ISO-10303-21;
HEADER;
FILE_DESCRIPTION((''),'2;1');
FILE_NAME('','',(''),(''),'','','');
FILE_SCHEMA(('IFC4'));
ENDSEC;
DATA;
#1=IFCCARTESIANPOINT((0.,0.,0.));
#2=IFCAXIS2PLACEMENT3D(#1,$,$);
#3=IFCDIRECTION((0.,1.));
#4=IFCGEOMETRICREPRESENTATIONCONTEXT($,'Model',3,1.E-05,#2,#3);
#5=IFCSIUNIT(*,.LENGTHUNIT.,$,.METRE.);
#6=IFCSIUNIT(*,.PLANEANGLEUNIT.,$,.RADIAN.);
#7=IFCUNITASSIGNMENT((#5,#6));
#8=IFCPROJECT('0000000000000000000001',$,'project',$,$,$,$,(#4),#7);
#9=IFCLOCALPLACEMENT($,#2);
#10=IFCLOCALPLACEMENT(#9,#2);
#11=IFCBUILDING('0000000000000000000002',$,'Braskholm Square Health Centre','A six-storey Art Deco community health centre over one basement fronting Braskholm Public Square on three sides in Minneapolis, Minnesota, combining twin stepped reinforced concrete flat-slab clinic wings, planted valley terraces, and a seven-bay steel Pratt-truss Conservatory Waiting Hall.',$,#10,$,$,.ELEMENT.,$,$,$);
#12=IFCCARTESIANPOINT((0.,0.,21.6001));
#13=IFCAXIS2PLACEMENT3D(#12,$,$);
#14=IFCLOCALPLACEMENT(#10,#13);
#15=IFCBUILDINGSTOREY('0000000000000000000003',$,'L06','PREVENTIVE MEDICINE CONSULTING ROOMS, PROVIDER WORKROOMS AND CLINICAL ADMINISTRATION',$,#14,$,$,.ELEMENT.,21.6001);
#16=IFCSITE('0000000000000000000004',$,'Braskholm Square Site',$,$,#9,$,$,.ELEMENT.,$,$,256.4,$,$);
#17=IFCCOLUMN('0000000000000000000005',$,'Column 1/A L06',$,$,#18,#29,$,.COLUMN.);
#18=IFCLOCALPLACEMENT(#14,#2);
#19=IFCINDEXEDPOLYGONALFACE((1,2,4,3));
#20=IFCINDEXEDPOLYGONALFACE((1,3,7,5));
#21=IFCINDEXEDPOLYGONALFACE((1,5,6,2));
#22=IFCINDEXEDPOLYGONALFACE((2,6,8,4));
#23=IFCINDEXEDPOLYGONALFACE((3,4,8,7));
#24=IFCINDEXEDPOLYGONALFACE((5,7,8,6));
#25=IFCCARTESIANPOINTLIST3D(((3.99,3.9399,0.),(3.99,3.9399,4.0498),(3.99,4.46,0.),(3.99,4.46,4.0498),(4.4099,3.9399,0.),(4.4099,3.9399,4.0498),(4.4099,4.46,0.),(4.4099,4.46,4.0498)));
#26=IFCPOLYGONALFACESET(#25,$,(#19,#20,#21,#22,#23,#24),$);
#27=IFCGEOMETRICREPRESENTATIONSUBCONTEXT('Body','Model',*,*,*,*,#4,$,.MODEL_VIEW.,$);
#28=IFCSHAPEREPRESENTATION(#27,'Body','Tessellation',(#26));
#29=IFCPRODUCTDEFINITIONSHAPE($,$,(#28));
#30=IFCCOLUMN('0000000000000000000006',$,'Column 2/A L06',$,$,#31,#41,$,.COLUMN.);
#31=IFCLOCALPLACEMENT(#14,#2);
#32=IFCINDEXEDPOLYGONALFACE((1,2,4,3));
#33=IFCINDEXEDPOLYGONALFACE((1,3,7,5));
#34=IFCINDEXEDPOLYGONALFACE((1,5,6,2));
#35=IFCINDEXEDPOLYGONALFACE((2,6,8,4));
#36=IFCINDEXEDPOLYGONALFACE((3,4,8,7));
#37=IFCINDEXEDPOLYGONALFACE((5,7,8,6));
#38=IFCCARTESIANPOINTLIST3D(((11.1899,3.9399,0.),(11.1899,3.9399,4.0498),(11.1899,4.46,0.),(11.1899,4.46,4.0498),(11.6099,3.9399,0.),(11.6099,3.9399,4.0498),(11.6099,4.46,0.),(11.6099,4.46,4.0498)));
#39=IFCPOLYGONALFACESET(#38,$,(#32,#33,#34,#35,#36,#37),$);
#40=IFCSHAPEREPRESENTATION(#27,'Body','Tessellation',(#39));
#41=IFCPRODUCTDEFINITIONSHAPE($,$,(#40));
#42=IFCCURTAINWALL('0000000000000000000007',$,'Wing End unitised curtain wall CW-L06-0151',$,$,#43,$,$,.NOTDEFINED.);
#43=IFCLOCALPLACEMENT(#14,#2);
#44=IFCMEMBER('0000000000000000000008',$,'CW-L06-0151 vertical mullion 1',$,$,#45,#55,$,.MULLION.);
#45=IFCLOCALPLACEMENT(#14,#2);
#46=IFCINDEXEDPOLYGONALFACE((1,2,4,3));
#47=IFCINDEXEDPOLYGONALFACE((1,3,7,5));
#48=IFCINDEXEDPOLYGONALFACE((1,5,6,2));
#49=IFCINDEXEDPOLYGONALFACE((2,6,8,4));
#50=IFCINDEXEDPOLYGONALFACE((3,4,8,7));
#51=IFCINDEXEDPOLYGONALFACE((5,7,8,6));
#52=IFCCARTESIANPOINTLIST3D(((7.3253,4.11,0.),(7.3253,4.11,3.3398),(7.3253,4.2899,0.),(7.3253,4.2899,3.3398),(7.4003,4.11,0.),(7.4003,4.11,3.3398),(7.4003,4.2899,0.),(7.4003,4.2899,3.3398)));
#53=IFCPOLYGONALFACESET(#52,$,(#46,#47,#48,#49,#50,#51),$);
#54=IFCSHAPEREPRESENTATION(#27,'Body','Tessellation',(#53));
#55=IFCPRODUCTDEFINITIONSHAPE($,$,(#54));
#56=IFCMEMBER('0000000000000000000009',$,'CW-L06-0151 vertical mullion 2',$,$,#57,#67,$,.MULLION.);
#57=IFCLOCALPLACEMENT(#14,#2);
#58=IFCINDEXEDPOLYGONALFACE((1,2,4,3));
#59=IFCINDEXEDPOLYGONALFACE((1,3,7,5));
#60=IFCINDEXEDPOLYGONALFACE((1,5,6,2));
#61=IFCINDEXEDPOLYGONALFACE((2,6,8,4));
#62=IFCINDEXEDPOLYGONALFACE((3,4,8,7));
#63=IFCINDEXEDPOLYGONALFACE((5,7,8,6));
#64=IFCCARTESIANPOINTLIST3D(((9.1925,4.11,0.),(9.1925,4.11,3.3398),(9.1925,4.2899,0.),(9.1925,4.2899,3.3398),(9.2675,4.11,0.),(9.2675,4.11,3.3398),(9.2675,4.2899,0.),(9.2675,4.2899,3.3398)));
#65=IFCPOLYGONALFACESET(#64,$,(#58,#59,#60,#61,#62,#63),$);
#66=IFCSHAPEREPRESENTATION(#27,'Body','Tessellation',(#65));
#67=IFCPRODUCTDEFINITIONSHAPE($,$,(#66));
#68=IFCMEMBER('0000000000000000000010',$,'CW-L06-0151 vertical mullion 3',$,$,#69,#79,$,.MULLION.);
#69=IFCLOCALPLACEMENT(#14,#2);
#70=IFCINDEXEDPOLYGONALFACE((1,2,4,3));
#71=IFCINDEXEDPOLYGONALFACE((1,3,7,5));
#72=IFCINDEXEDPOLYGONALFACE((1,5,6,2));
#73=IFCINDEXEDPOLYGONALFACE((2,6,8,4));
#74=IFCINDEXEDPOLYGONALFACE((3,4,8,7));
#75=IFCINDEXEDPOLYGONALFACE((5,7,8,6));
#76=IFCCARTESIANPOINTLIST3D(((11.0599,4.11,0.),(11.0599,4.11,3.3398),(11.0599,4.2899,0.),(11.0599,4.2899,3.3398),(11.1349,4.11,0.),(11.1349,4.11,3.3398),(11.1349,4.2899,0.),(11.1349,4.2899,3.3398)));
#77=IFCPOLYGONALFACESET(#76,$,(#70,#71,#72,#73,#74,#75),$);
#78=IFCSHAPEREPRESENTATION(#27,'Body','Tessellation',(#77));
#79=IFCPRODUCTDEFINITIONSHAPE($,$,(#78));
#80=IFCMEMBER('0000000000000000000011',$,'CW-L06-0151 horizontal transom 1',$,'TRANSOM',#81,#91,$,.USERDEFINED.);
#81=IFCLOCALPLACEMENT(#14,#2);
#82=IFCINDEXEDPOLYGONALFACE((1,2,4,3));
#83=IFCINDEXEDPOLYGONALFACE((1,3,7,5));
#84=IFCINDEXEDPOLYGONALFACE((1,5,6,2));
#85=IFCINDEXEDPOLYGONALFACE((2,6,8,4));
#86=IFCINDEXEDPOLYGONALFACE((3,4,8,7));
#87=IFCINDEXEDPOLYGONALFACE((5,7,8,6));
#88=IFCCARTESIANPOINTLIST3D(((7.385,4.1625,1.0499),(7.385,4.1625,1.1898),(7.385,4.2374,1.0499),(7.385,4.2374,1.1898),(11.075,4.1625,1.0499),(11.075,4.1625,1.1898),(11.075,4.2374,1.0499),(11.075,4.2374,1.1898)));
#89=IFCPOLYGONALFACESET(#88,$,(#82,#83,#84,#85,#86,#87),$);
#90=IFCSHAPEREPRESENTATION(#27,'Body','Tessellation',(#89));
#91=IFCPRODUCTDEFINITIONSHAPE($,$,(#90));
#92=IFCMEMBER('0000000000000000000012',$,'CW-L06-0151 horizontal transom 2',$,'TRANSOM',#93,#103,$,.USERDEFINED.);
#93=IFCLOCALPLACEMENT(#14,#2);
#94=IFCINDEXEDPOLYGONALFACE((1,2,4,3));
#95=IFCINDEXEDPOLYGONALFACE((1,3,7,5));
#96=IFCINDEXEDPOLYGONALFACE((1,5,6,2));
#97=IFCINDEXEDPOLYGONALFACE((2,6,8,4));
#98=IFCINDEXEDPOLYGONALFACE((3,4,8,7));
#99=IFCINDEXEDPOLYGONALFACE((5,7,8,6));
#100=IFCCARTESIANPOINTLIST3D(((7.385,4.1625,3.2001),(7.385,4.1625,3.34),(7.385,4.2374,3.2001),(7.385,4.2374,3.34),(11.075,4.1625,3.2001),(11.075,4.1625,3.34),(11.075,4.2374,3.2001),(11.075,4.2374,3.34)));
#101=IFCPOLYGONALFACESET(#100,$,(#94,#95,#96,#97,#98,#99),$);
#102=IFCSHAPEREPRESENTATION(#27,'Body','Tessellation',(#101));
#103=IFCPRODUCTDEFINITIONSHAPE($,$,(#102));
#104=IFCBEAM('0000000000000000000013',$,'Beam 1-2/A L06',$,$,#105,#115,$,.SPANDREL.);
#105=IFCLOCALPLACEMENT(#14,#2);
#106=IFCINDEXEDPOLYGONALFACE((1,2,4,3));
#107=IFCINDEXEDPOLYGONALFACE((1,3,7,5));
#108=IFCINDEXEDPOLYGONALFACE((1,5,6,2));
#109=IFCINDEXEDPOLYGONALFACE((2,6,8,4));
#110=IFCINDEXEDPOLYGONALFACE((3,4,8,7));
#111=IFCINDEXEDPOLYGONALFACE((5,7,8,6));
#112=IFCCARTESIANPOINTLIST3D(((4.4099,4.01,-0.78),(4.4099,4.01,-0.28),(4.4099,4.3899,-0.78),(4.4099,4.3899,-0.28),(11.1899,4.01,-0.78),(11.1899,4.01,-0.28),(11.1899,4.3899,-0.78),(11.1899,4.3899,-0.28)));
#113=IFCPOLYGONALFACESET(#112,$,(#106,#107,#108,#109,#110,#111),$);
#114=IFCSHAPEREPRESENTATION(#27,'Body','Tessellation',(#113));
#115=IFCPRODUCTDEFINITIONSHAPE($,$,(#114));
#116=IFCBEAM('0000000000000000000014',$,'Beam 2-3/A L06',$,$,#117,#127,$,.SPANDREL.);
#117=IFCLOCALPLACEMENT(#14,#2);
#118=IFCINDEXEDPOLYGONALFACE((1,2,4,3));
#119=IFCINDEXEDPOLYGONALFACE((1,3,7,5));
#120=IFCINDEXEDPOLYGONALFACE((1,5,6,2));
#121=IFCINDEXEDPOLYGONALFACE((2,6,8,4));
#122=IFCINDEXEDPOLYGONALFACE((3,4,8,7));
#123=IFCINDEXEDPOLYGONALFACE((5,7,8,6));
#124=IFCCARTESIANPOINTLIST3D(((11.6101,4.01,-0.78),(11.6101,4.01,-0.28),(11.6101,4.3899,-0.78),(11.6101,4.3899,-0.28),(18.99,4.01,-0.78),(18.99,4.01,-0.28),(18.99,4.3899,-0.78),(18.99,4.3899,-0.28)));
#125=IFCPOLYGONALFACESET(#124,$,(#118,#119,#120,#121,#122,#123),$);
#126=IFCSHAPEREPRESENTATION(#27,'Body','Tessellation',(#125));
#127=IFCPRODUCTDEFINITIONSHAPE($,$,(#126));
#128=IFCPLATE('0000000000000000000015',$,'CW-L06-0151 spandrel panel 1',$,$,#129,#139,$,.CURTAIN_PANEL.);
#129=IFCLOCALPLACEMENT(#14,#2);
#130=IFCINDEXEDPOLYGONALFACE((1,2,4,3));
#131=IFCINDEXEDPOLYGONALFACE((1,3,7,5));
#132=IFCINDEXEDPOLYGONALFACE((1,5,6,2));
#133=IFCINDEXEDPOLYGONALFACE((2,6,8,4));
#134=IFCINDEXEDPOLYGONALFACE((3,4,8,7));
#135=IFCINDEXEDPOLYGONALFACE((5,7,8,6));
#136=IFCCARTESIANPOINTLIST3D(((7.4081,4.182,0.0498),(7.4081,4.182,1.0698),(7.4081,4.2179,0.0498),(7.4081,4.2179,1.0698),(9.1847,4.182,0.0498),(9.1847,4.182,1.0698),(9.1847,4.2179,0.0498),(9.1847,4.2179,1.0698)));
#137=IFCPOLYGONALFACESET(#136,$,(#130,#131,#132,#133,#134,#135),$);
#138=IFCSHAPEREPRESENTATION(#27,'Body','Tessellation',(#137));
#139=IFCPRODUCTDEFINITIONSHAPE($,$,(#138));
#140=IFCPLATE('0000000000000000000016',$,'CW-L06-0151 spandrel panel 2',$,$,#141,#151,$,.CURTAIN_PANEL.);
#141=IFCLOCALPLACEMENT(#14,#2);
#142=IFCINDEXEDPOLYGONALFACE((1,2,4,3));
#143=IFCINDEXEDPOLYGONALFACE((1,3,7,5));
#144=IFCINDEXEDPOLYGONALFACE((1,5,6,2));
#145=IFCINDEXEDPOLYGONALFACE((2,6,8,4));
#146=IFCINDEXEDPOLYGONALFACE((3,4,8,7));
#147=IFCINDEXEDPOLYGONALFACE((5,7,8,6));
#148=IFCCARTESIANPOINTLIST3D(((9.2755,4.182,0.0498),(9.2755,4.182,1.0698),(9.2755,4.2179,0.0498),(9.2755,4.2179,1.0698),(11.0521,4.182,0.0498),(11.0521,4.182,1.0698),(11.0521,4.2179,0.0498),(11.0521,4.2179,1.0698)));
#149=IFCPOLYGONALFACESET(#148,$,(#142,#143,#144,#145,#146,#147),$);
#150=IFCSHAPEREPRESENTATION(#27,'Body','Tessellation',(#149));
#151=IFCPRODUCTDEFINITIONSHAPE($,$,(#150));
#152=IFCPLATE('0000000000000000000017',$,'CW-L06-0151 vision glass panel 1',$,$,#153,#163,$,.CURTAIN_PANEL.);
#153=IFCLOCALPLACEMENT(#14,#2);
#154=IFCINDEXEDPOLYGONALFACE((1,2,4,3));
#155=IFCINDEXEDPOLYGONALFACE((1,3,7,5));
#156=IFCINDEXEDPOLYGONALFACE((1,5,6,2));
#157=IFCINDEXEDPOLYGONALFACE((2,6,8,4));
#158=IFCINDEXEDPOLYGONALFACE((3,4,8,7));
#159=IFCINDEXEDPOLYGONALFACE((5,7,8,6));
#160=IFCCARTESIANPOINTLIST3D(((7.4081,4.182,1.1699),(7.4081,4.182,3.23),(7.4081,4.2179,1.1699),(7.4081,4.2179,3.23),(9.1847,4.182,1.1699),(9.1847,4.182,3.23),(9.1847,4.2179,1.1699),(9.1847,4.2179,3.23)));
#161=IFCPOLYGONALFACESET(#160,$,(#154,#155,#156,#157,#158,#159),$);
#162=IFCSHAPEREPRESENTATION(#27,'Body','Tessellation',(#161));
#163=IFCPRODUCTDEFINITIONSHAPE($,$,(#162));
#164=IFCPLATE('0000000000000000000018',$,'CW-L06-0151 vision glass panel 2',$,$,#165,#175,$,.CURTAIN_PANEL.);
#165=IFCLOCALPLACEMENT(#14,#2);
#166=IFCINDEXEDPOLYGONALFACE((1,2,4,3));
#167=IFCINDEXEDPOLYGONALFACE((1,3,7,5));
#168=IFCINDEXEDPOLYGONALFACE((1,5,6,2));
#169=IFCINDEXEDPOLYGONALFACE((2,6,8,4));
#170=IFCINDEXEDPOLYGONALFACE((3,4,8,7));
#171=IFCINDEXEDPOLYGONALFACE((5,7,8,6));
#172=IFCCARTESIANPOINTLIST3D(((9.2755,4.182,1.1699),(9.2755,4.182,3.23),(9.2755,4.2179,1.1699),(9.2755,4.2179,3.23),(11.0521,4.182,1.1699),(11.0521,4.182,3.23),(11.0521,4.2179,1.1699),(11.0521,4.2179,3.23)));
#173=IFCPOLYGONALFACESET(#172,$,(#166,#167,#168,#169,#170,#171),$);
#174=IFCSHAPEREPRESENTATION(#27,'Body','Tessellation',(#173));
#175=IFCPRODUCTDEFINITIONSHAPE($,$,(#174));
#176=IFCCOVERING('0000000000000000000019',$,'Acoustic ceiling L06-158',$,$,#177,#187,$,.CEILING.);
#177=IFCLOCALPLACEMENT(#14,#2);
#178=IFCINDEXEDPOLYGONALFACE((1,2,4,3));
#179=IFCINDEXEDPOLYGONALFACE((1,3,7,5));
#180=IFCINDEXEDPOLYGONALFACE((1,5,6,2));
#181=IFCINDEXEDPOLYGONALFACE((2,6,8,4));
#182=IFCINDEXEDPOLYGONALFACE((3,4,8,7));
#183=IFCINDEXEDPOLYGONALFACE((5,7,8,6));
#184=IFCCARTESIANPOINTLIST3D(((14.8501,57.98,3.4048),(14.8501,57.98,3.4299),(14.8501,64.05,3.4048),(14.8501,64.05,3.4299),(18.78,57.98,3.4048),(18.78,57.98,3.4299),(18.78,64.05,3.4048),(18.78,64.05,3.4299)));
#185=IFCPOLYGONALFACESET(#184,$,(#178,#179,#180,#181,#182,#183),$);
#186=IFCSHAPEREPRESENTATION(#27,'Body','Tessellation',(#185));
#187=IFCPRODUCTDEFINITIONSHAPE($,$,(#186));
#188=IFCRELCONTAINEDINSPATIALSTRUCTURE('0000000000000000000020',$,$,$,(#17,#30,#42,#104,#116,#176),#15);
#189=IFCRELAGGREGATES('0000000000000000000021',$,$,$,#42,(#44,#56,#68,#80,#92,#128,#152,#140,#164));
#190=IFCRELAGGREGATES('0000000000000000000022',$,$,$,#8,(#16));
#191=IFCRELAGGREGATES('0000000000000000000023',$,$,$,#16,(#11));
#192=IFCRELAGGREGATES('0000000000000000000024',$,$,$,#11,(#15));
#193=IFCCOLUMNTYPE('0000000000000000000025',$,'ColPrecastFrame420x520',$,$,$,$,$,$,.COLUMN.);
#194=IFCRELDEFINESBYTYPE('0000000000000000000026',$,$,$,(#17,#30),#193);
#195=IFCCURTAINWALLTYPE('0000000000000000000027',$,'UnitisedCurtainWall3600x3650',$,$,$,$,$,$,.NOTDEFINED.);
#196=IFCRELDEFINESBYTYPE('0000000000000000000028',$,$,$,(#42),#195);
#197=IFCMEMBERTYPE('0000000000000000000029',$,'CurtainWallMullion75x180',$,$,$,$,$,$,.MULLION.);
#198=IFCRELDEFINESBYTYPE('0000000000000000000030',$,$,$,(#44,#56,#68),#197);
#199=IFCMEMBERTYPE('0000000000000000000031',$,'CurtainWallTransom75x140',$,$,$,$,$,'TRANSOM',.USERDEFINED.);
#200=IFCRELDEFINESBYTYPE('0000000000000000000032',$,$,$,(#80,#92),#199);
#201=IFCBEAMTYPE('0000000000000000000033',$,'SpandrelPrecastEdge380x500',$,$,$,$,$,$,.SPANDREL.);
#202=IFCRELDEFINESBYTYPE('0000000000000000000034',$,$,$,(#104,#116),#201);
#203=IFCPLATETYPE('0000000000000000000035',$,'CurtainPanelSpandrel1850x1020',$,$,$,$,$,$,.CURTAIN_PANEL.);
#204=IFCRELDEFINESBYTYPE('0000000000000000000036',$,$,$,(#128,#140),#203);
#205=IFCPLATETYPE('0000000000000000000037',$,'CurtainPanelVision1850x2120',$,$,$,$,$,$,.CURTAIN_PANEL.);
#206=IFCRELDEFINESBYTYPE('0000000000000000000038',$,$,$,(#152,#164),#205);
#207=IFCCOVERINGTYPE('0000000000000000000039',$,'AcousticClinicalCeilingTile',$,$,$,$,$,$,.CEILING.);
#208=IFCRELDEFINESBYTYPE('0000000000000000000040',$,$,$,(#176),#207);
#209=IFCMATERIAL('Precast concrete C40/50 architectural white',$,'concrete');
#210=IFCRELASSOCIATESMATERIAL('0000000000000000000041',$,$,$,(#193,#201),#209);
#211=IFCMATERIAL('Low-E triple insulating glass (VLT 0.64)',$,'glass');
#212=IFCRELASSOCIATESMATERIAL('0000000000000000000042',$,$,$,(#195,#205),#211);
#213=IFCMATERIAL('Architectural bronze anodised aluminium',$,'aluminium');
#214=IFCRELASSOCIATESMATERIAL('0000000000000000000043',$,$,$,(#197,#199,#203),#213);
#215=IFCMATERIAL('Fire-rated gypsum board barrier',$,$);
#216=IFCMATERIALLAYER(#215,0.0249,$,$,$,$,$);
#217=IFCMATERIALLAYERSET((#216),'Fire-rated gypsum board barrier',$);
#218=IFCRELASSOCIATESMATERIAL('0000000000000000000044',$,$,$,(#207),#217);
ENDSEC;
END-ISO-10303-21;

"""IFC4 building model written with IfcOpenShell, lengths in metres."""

from ifc_helpers import new_model, si_unit, direction, frame, origin, origin_2d, place, context, subcontext, project, spatial, polyline, rectangle, outline, extrude, material, layer, layer_set, material_profile, profile_set, type_object, element, aggregate, save


model = new_model("IFC4")

# Units and contexts
model_context = context("Model", 3, precision=1e-05, world=origin(), true_north=direction((0.0, 1.0)))
body_context = subcontext(model_context, "Body", "Model", "MODEL_VIEW")
ifc_project = project(units=[si_unit("LENGTHUNIT", "METRE"), si_unit("PLANEANGLEUNIT", "RADIAN")], contexts=[model_context])

# Site, building, storey
site_placement = place(None, origin())
site = spatial("IfcSite", under=ifc_project, at=site_placement, Name="Braskholm Square Site", CompositionType="ELEMENT", RefElevation=256.4)
building_placement = place(site_placement, origin())
building = spatial("IfcBuilding", under=site, at=building_placement, Name="Braskholm Square Health Centre", Description="A six-storey Art Deco community health centre over one basement fronting Braskholm Public Square on three sides in Minneapolis, Minnesota, combining twin stepped reinforced concrete flat-slab clinic wings, planted valley terraces, and a seven-bay steel Pratt-truss Conservatory Waiting Hall.", CompositionType="ELEMENT")
storey_placement = place(building_placement, frame((0.0, 0.0, 21.6001)))
storey = spatial("IfcBuildingStorey", under=building, at=storey_placement, Name="L06", Description="PREVENTIVE MEDICINE CONSULTING ROOMS, PROVIDER WORKROOMS AND CLINICAL ADMINISTRATION", CompositionType="ELEMENT", Elevation=21.6001)

# Columns
ifc_material_1 = material(Name="Precast concrete C40/50 architectural white", Category="concrete")
ifc_material_profile_1 = material_profile(ifc_material_1, rectangle(XDim=0.4199, YDim=0.52, at=origin_2d()), Name="RC-420X520")
ifc_profile_set_1 = profile_set([ifc_material_profile_1], Name="Precast concrete C40/50 architectural white")
column_type = type_object("IfcColumnType", Name="ColPrecastFrame420x520", PredefinedType="COLUMN", material=ifc_profile_set_1)
for number, where, z_axis, x_axis, name in (
    (1, (4.2, 4.2, 0.0), (0.0, 0.0, 1.0), (1.0, 0.0, 0.0), "Column 1/A L06"),
    (2, (11.3999, 4.2, 0.0), (0.0, 0.0, 1.0), (1.0, 0.0, 0.0), "Column 2/A L06"),
):
    element("IfcColumn", number, at=place(storey_placement, frame(where, z_axis=z_axis, x_axis=x_axis)), inside=storey, type_object=column_type, Name=name, PredefinedType="COLUMN", context=body_context, shape_type="SweptSolid", body=[
        extrude(rectangle(XDim=0.4199, YDim=0.52, at=origin_2d()), origin(), (0.0, 0.0, 1.0), 4.0498),
    ])

# Curtain wall, members
ifc_material_2 = material(Name="Low-E triple insulating glass (VLT 0.64)", Category="glass")
curtain_wall_type = type_object("IfcCurtainWallType", Name="UnitisedCurtainWall3600x3650", PredefinedType="NOTDEFINED", material=ifc_material_2)
curtain_wall_placement = place(storey_placement, origin())
curtain_wall = element("IfcCurtainWall", 3, at=curtain_wall_placement, inside=storey, type_object=curtain_wall_type, Name="Wing End unitised curtain wall CW-L06-0151", PredefinedType="NOTDEFINED")
ifc_material_3 = material(Name="Architectural bronze anodised aluminium", Category="aluminium")
ifc_material_profile_2 = material_profile(ifc_material_3, rectangle(XDim=0.075, YDim=0.1799, at=origin_2d()), Name="ALU-75X180")
ifc_profile_set_2 = profile_set([ifc_material_profile_2], Name="Architectural bronze anodised aluminium")
member_type_1 = type_object("IfcMemberType", Name="CurtainWallMullion75x180", PredefinedType="MULLION", material=ifc_profile_set_2)
member_1_placement = place(storey_placement, frame((7.3628, 4.2, 0.0), z_axis=(0.0, 0.0, 1.0), x_axis=(1.0, 0.0, 0.0)))
member_1 = element("IfcMember", 4, at=member_1_placement, type_object=member_type_1, Name="CW-L06-0151 vertical mullion 1", PredefinedType="MULLION", context=body_context, shape_type="SweptSolid", body=[
    extrude(rectangle(XDim=0.075, YDim=0.1799, at=origin_2d()), origin(), (0.0, 0.0, 1.0), 3.3398),
])
member_2_placement = place(storey_placement, frame((9.23, 4.2, 0.0), z_axis=(0.0, 0.0, 1.0), x_axis=(1.0, 0.0, 0.0)))
member_2 = element("IfcMember", 5, at=member_2_placement, type_object=member_type_1, Name="CW-L06-0151 vertical mullion 2", PredefinedType="MULLION", context=body_context, shape_type="SweptSolid", body=[
    extrude(rectangle(XDim=0.075, YDim=0.1799, at=origin_2d()), origin(), (0.0, 0.0, 1.0), 3.3398),
])
member_3_placement = place(storey_placement, frame((11.0974, 4.2, 0.0), z_axis=(0.0, 0.0, 1.0), x_axis=(1.0, 0.0, 0.0)))
member_3 = element("IfcMember", 6, at=member_3_placement, type_object=member_type_1, Name="CW-L06-0151 vertical mullion 3", PredefinedType="MULLION", context=body_context, shape_type="SweptSolid", body=[
    extrude(rectangle(XDim=0.075, YDim=0.1799, at=origin_2d()), origin(), (0.0, 0.0, 1.0), 3.3398),
])
ifc_material_profile_3 = material_profile(ifc_material_3, rectangle(XDim=0.075, YDim=0.1399, at=origin_2d()), Name="ALU-75X140")
ifc_profile_set_3 = profile_set([ifc_material_profile_3], Name="Architectural bronze anodised aluminium")
member_type_2 = type_object("IfcMemberType", Name="CurtainWallTransom75x140", ElementType="TRANSOM", PredefinedType="USERDEFINED", material=ifc_profile_set_3)
member_4_placement = place(storey_placement, frame((7.385, 4.2, 1.1199), z_axis=(1.0, 0.0, 0.0), x_axis=(0.0, 1.0, 0.0)))
member_4 = element("IfcMember", 7, at=member_4_placement, type_object=member_type_2, Name="CW-L06-0151 horizontal transom 1", ObjectType="TRANSOM", PredefinedType="USERDEFINED", context=body_context, shape_type="SweptSolid", body=[
    extrude(rectangle(XDim=0.075, YDim=0.1399, at=origin_2d()), origin(), (0.0, 0.0, 1.0), 3.6899),
])
member_5_placement = place(storey_placement, frame((7.385, 4.2, 3.27), z_axis=(1.0, 0.0, 0.0), x_axis=(0.0, 1.0, 0.0)))
member_5 = element("IfcMember", 8, at=member_5_placement, type_object=member_type_2, Name="CW-L06-0151 horizontal transom 2", ObjectType="TRANSOM", PredefinedType="USERDEFINED", context=body_context, shape_type="SweptSolid", body=[
    extrude(rectangle(XDim=0.075, YDim=0.1399, at=origin_2d()), origin(), (0.0, 0.0, 1.0), 3.6899),
])

# Beams
ifc_material_profile_4 = material_profile(ifc_material_1, rectangle(XDim=0.3799, YDim=0.5, at=origin_2d()), Name="RCB-380X500")
ifc_profile_set_4 = profile_set([ifc_material_profile_4], Name="Precast concrete C40/50 architectural white")
beam_type = type_object("IfcBeamType", Name="SpandrelPrecastEdge380x500", PredefinedType="SPANDREL", material=ifc_profile_set_4)
beam_1_placement = place(storey_placement, frame((4.4099, 4.2, -0.53), z_axis=(1.0, 0.0, 0.0), x_axis=(0.0, 1.0, 0.0)))
element("IfcBeam", 9, at=beam_1_placement, inside=storey, type_object=beam_type, Name="Beam 1-2/A L06", PredefinedType="SPANDREL", context=body_context, shape_type="SweptSolid", body=[
    extrude(rectangle(XDim=0.3799, YDim=0.5, at=origin_2d()), origin(), (0.0, 0.0, 1.0), 6.78),
])
beam_2_placement = place(storey_placement, frame((11.6101, 4.2, -0.53), z_axis=(1.0, 0.0, 0.0), x_axis=(0.0, 1.0, 0.0)))
element("IfcBeam", 10, at=beam_2_placement, inside=storey, type_object=beam_type, Name="Beam 2-3/A L06", PredefinedType="SPANDREL", context=body_context, shape_type="SweptSolid", body=[
    extrude(rectangle(XDim=0.3799, YDim=0.5, at=origin_2d()), origin(), (0.0, 0.0, 1.0), 7.3799),
])

# Plates
plate_type_1 = type_object("IfcPlateType", Name="CurtainPanelSpandrel1850x1020", PredefinedType="CURTAIN_PANEL", material=ifc_material_3)
plate_1_placement = place(storey_placement, frame((8.2964, 4.2, 0.0498), z_axis=(0.0, 0.0, 1.0), x_axis=(1.0, 0.0, 0.0)))
plate_1 = element("IfcPlate", 11, at=plate_1_placement, type_object=plate_type_1, Name="CW-L06-0151 spandrel panel 1", PredefinedType="CURTAIN_PANEL", context=body_context, shape_type="SweptSolid", body=[
    extrude(rectangle(XDim=1.7766, YDim=0.0359, at=origin_2d()), origin(), (0.0, 0.0, 1.0), 1.02),
])
plate_2_placement = place(storey_placement, frame((10.1638, 4.2, 0.0498), z_axis=(0.0, 0.0, 1.0), x_axis=(1.0, 0.0, 0.0)))
plate_2 = element("IfcPlate", 12, at=plate_2_placement, type_object=plate_type_1, Name="CW-L06-0151 spandrel panel 2", PredefinedType="CURTAIN_PANEL", context=body_context, shape_type="SweptSolid", body=[
    extrude(rectangle(XDim=1.7766, YDim=0.0359, at=origin_2d()), origin(), (0.0, 0.0, 1.0), 1.02),
])
plate_type_2 = type_object("IfcPlateType", Name="CurtainPanelVision1850x2120", PredefinedType="CURTAIN_PANEL", material=ifc_material_2)
plate_3_placement = place(storey_placement, frame((8.2964, 4.2, 1.1699), z_axis=(0.0, 0.0, 1.0), x_axis=(1.0, 0.0, 0.0)))
plate_3 = element("IfcPlate", 13, at=plate_3_placement, type_object=plate_type_2, Name="CW-L06-0151 vision glass panel 1", PredefinedType="CURTAIN_PANEL", context=body_context, shape_type="SweptSolid", body=[
    extrude(rectangle(XDim=1.7766, YDim=0.0359, at=origin_2d()), origin(), (0.0, 0.0, 1.0), 2.0601),
])
plate_4_placement = place(storey_placement, frame((10.1638, 4.2, 1.1699), z_axis=(0.0, 0.0, 1.0), x_axis=(1.0, 0.0, 0.0)))
plate_4 = element("IfcPlate", 14, at=plate_4_placement, type_object=plate_type_2, Name="CW-L06-0151 vision glass panel 2", PredefinedType="CURTAIN_PANEL", context=body_context, shape_type="SweptSolid", body=[
    extrude(rectangle(XDim=1.7766, YDim=0.0359, at=origin_2d()), origin(), (0.0, 0.0, 1.0), 2.0601),
])
aggregate(curtain_wall, [member_1, member_2, member_3, member_4, member_5, plate_1, plate_3, plate_2, plate_4])

# Covering
ifc_material_4 = material(Name="Fire-rated gypsum board barrier")
ifc_layer_1 = layer(ifc_material_4, 0.0249)
ifc_layer_set_1 = layer_set([ifc_layer_1], Name="Fire-rated gypsum board barrier")
covering_type_1 = type_object("IfcCoveringType", Name="AcousticClinicalCeilingTile", PredefinedType="CEILING", material=ifc_layer_set_1)
covering_1_placement = place(storey_placement, frame((0.0, 0.0, 3.4048)))
element("IfcCovering", 15, at=covering_1_placement, inside=storey, type_object=covering_type_1, Name="Acoustic ceiling L06-158", PredefinedType="CEILING", context=body_context, shape_type="SweptSolid", body=[
    extrude(outline(polyline([(14.8501, 57.98), (18.78, 57.98), (18.78, 64.05), (14.8501, 64.05), (14.8501, 57.98)])), origin(), (0.0, 0.0, 1.0), 0.0251),
])

save(model, "model.ifc")
